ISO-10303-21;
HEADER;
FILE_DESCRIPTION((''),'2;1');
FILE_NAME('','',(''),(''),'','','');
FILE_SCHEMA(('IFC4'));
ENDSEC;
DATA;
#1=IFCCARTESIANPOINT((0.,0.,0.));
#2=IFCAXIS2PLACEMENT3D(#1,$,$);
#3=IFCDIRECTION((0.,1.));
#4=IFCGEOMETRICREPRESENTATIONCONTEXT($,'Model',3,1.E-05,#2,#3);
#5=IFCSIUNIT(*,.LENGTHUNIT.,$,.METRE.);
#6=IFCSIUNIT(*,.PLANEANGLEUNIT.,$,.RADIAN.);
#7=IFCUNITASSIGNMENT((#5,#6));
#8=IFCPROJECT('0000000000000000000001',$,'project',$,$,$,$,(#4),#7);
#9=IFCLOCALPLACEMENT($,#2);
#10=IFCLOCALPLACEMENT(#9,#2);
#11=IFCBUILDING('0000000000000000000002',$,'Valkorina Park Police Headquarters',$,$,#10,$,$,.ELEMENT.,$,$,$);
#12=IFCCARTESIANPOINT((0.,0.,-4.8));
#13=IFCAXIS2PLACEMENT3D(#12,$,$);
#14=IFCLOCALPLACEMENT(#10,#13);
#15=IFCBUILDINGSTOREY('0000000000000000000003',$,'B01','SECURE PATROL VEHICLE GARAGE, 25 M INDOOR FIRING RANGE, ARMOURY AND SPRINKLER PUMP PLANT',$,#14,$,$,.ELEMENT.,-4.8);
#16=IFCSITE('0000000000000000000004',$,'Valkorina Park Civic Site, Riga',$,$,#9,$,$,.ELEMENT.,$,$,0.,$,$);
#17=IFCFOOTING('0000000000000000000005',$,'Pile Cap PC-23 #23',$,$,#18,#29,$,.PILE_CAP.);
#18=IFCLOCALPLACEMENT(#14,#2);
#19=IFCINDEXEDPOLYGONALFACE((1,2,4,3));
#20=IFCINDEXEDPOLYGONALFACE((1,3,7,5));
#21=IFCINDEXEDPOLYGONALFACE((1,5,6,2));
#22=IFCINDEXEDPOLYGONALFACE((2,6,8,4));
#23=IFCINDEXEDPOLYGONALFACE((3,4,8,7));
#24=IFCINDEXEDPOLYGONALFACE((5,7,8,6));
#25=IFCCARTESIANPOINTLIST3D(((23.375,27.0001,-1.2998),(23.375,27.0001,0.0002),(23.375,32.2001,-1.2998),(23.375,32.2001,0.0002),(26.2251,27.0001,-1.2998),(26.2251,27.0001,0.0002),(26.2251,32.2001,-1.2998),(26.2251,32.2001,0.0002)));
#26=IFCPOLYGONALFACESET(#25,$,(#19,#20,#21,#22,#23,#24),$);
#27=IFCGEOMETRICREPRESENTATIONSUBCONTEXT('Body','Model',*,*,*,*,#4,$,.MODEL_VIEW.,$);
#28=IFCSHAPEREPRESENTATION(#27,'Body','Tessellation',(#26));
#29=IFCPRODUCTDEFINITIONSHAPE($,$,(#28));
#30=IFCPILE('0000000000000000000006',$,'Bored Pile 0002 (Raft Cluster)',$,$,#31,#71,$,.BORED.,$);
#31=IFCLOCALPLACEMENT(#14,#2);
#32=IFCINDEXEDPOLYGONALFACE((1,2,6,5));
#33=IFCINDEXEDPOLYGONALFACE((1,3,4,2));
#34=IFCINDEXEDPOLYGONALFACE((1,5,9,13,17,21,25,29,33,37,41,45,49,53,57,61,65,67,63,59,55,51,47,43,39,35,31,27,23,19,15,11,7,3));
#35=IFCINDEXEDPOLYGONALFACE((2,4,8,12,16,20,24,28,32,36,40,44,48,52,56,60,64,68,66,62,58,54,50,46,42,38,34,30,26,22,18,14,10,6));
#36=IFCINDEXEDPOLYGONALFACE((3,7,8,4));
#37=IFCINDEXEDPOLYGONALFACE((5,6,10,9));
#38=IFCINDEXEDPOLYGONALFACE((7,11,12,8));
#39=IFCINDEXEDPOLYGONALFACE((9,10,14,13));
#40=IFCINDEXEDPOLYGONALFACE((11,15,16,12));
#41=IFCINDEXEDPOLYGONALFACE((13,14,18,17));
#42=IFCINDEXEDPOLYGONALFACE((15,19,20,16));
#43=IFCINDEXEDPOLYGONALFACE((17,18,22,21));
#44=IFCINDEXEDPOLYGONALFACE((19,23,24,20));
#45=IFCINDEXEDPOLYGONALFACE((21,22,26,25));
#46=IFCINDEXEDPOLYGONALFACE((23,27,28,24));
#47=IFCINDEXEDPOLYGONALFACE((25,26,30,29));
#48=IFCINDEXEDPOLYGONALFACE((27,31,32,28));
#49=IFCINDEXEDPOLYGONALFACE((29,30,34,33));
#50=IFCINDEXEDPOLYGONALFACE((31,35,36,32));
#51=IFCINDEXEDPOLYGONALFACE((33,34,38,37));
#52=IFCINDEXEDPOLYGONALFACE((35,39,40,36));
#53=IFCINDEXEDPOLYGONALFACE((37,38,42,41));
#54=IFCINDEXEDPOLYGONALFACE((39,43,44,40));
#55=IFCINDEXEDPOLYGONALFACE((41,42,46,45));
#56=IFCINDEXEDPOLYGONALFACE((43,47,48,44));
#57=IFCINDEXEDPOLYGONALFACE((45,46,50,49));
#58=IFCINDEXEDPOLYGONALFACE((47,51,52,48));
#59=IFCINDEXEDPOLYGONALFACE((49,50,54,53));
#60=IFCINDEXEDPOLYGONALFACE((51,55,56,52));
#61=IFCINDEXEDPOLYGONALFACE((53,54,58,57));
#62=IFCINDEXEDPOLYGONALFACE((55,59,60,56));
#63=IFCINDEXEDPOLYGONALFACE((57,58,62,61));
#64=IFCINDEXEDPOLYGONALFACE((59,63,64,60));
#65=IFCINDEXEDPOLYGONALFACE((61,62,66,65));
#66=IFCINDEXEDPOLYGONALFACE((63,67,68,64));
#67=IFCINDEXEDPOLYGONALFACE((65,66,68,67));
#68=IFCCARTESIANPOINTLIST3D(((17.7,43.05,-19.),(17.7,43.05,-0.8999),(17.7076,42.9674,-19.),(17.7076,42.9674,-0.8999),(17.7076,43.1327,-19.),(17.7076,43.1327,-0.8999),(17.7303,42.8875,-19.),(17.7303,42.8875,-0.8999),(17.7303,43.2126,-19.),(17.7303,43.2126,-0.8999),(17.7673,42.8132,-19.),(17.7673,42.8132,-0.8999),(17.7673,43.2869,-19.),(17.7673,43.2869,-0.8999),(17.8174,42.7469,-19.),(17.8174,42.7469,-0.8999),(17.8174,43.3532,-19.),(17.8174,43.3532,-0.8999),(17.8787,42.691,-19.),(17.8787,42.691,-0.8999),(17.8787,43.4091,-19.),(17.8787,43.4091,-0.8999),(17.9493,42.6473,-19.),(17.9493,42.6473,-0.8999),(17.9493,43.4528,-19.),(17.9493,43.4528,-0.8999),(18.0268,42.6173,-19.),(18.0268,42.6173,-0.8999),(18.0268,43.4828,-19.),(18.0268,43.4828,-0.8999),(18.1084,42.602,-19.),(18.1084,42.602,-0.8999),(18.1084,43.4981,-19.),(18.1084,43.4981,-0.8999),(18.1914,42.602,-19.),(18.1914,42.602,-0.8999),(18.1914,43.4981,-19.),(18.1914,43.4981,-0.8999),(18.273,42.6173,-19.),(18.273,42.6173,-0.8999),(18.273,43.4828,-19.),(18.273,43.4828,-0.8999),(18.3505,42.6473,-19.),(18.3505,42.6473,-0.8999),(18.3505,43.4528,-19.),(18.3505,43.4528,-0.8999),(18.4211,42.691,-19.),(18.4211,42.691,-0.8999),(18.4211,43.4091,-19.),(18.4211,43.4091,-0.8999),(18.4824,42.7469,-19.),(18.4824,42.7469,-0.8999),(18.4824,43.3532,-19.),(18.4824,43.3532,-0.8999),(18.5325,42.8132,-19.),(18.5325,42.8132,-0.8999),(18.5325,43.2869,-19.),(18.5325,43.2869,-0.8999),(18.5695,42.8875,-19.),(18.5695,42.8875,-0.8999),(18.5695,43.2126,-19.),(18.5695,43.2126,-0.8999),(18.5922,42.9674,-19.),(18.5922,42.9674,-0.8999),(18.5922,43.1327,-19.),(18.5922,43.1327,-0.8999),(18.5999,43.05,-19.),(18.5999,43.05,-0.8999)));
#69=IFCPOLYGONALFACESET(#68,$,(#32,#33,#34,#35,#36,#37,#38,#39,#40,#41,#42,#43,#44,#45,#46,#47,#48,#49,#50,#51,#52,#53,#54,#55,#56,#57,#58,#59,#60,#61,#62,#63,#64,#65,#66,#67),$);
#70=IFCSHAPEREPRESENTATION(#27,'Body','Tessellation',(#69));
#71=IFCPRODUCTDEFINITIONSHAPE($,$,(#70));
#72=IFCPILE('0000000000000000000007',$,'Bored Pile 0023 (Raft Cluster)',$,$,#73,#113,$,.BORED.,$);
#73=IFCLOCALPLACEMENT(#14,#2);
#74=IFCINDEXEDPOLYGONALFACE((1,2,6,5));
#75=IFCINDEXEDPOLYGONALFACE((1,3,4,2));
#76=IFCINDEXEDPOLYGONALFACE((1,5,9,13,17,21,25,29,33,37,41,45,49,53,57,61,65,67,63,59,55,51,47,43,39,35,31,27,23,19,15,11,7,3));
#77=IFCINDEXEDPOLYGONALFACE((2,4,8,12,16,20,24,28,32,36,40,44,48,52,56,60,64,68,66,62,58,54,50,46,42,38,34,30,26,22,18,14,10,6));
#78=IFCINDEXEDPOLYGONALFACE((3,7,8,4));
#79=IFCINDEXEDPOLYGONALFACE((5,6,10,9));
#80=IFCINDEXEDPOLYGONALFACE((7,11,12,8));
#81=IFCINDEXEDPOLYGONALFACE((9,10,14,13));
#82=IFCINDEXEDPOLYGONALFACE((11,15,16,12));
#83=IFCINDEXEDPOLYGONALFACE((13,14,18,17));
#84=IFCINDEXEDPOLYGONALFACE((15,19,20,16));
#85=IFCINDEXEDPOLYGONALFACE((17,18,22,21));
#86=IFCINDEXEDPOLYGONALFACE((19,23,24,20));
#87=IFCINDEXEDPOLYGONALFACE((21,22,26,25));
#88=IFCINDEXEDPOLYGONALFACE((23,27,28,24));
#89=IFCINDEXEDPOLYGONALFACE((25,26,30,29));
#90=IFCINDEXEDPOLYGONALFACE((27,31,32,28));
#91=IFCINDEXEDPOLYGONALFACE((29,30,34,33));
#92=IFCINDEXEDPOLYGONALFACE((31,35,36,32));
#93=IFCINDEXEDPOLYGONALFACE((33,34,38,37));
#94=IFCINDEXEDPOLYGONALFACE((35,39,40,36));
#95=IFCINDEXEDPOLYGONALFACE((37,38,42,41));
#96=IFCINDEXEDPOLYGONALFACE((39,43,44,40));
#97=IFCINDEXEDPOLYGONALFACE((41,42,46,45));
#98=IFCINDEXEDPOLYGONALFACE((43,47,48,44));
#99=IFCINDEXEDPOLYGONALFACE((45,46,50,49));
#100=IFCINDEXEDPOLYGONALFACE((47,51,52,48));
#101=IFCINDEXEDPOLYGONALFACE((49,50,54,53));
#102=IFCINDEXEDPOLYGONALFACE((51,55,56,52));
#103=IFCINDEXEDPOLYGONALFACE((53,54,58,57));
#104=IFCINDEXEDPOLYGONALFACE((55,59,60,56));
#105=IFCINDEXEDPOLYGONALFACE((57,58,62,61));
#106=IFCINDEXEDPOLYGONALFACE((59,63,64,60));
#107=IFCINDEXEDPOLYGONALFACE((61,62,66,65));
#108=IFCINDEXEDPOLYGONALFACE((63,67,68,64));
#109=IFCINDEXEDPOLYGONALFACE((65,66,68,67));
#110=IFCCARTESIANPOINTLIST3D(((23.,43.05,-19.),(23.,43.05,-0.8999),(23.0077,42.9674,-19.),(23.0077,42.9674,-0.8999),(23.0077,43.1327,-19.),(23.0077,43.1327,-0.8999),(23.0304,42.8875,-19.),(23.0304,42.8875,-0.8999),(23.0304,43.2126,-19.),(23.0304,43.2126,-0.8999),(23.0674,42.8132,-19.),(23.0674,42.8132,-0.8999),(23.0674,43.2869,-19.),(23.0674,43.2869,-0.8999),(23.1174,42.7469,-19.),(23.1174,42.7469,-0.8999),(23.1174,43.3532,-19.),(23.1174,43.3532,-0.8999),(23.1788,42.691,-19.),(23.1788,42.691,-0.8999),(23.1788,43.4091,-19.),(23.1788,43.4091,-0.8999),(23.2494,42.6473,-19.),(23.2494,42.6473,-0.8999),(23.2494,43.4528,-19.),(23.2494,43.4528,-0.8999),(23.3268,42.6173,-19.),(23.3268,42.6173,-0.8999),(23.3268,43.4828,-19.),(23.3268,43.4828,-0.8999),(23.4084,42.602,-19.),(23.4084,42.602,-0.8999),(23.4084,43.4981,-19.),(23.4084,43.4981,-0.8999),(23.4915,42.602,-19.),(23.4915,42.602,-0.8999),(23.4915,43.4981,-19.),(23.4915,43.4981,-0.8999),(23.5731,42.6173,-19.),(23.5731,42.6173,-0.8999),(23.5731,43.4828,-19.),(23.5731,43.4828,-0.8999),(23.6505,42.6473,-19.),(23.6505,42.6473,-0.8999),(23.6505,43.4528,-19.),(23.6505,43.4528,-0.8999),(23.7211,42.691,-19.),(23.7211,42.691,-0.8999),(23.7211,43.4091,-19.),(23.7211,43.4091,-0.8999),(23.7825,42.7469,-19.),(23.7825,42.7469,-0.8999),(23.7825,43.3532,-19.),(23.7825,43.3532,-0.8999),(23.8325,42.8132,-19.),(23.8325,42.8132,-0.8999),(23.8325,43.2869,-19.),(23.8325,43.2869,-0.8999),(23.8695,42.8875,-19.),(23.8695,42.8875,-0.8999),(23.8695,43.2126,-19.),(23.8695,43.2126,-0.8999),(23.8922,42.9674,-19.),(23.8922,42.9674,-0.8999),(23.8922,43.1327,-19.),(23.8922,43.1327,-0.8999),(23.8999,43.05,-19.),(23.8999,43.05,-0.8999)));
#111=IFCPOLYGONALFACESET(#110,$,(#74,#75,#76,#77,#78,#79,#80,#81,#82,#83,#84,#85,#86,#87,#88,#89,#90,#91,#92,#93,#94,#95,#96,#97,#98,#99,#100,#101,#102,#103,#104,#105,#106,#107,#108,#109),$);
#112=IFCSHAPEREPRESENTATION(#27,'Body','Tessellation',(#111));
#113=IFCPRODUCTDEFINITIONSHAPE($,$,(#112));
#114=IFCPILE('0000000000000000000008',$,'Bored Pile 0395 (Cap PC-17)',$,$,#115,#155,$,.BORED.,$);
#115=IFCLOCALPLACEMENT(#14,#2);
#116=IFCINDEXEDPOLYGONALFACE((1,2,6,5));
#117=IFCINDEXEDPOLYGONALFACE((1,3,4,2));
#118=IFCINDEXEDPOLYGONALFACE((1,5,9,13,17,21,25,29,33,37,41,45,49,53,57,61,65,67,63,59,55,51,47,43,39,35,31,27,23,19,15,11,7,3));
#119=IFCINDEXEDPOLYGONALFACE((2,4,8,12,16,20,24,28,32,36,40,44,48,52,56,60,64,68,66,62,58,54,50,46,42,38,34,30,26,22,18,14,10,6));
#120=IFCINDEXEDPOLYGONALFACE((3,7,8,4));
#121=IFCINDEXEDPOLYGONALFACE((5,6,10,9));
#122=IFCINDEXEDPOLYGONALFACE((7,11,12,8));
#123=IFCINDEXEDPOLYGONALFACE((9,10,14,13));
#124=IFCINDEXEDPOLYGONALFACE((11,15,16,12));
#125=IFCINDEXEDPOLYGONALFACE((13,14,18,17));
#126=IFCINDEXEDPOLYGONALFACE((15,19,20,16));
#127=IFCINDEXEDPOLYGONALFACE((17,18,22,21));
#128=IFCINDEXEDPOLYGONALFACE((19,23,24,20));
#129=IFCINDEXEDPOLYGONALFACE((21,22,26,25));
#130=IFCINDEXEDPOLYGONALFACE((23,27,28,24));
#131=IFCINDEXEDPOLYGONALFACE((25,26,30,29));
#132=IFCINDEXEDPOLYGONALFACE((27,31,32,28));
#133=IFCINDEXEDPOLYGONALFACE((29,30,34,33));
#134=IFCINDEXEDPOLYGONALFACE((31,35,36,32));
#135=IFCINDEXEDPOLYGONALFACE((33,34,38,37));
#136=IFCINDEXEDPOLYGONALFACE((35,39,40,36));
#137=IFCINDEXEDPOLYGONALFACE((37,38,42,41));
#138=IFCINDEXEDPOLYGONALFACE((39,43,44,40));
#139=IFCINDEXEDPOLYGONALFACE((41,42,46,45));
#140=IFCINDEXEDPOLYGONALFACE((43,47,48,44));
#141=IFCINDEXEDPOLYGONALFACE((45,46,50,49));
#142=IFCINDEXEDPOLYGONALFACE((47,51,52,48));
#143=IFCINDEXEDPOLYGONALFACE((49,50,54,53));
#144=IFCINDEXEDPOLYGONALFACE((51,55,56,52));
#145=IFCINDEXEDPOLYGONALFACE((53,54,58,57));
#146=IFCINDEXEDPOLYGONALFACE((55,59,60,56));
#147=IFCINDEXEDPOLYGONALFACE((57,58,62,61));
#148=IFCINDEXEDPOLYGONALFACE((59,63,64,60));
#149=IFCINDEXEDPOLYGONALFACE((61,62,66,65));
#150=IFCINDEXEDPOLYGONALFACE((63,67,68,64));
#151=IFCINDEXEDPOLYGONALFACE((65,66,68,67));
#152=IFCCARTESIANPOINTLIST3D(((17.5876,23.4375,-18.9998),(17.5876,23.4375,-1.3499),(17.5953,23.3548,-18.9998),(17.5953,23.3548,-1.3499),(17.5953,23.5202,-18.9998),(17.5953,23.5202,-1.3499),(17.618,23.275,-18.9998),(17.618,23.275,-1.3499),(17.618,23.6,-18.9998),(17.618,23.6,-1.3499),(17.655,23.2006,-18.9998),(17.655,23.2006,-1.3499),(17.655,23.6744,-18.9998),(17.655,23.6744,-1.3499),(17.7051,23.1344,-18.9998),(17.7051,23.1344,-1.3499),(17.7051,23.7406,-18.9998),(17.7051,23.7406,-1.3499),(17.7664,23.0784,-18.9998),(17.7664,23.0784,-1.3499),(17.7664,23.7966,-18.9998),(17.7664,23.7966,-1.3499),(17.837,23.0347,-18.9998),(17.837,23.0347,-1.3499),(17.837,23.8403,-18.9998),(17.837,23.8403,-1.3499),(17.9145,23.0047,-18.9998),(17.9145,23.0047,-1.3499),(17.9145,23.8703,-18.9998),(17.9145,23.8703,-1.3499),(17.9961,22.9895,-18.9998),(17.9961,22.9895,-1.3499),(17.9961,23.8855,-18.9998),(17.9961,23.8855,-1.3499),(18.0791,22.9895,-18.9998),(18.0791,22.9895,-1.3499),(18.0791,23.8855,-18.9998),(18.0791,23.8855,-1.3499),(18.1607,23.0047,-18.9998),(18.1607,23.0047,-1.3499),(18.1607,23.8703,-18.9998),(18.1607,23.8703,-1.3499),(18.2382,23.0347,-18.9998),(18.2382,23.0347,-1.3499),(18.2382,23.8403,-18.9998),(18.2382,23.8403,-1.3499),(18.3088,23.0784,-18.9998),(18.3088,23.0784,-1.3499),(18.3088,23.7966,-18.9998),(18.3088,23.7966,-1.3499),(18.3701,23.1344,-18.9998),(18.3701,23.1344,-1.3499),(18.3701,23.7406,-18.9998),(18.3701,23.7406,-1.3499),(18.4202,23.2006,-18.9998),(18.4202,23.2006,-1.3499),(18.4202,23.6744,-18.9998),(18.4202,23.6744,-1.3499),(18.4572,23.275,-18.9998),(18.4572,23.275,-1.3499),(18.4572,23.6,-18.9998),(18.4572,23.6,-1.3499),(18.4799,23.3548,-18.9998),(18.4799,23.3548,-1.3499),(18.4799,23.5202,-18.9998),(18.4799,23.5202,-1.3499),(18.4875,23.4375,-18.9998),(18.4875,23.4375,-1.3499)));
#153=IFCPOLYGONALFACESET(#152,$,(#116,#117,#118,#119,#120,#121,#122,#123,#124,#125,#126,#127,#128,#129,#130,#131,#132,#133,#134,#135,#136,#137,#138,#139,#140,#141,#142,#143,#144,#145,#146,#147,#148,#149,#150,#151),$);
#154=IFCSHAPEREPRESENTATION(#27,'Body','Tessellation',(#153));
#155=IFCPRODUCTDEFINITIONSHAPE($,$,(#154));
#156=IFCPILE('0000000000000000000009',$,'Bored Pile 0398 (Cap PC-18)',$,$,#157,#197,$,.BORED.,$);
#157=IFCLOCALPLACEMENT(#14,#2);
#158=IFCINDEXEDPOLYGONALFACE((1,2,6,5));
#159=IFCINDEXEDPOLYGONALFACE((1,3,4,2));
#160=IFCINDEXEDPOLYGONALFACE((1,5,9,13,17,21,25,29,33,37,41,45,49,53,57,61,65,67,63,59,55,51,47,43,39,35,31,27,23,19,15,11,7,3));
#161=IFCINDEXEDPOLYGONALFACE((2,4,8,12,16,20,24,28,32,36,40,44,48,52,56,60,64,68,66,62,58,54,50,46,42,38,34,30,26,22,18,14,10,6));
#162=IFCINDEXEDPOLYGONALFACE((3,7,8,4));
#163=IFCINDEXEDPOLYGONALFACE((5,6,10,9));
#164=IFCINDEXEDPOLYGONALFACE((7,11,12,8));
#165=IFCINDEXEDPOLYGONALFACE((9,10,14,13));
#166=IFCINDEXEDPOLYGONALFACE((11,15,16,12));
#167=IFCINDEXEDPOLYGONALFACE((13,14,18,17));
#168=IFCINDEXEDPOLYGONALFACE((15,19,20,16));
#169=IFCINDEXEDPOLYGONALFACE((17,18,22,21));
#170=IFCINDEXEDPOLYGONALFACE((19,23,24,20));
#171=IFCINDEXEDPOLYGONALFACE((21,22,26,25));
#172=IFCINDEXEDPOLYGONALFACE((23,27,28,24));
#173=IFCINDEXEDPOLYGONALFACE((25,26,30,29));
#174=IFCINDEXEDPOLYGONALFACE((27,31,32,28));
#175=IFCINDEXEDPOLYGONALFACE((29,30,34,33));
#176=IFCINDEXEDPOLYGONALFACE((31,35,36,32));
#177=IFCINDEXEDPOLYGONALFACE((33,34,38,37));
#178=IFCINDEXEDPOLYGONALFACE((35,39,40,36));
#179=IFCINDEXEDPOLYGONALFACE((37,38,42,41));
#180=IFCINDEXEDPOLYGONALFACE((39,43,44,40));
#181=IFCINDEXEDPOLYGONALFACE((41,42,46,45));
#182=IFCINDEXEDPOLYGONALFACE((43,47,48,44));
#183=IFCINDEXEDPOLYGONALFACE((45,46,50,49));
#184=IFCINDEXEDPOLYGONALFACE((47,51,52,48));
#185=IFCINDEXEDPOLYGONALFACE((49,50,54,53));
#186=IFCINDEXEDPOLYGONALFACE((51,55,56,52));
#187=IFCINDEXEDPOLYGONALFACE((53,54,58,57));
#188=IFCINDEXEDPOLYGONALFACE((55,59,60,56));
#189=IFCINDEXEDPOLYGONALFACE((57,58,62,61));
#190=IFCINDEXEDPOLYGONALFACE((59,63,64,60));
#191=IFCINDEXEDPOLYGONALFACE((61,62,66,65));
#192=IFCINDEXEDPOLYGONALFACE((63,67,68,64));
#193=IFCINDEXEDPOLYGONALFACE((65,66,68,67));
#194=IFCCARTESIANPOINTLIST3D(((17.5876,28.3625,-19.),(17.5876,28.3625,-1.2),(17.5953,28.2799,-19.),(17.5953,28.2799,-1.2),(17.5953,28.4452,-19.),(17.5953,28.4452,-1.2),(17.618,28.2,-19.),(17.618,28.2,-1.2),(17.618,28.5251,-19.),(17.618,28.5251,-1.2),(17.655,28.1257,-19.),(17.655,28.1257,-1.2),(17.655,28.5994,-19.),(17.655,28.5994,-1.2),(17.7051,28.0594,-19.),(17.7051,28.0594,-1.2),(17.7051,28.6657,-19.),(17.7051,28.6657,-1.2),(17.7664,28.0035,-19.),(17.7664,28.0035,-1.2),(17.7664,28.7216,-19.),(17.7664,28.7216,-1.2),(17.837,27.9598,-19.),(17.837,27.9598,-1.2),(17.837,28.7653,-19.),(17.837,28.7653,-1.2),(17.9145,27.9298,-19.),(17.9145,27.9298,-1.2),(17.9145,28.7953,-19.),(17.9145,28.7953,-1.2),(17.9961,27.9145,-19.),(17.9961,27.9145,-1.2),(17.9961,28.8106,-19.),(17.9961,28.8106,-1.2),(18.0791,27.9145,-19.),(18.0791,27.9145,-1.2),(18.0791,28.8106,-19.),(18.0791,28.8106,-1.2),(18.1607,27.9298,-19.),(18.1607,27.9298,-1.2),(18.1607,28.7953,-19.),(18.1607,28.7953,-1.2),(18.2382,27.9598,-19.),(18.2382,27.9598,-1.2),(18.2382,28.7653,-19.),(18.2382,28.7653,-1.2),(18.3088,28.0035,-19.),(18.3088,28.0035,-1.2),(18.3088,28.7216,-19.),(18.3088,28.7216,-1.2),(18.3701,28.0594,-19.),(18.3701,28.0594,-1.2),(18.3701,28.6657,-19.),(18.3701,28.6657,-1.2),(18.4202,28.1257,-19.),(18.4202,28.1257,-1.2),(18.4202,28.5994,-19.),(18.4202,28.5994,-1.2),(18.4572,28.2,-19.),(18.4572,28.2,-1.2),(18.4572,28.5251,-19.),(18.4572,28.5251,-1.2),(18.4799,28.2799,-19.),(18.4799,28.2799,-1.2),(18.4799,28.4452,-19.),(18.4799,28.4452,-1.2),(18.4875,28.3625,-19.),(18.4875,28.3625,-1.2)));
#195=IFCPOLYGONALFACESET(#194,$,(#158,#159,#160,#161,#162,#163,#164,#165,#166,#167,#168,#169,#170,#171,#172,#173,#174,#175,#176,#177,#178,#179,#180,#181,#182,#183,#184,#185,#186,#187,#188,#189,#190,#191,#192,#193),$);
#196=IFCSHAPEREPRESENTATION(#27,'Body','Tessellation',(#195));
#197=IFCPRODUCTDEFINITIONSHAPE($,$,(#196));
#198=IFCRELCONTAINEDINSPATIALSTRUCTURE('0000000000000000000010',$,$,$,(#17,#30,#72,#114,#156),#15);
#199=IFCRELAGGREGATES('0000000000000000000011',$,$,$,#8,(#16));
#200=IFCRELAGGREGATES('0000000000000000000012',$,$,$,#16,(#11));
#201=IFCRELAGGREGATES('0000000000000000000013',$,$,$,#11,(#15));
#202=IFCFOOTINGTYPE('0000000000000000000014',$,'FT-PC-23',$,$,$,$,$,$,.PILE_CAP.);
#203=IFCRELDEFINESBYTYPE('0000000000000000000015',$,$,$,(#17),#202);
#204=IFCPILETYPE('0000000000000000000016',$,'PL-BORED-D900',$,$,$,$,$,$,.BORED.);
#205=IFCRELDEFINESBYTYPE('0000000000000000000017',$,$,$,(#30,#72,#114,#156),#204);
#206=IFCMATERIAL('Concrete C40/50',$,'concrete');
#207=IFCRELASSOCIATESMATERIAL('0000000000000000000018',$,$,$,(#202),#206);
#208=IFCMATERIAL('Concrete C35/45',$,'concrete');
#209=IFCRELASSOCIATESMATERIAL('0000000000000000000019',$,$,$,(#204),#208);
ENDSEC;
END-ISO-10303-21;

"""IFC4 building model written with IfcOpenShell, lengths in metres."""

from ifc_helpers import new_model, si_unit, direction, frame, origin, origin_2d, place, context, subcontext, project, spatial, rectangle, circle, extrude, material, material_profile, profile_set, type_object, element, save


model = new_model("IFC4")

# Units and contexts
model_context = context("Model", 3, precision=1e-05, world=origin(), true_north=direction((0.0, 1.0)))
body_context = subcontext(model_context, "Body", "Model", "MODEL_VIEW")
ifc_project = project(units=[si_unit("LENGTHUNIT", "METRE"), si_unit("PLANEANGLEUNIT", "RADIAN")], contexts=[model_context])

# Site, building, storey
site_placement = place(None, origin())
site = spatial("IfcSite", under=ifc_project, at=site_placement, Name="Valkorina Park Civic Site, Riga", CompositionType="ELEMENT", RefElevation=0.0)
building_placement = place(site_placement, origin())
building = spatial("IfcBuilding", under=site, at=building_placement, Name="Valkorina Park Police Headquarters", CompositionType="ELEMENT")
storey_placement = place(building_placement, frame((0.0, 0.0, -4.8)))
storey = spatial("IfcBuildingStorey", under=building, at=storey_placement, Name="B01", Description="SECURE PATROL VEHICLE GARAGE, 25 M INDOOR FIRING RANGE, ARMOURY AND SPRINKLER PUMP PLANT", CompositionType="ELEMENT", Elevation=-4.8)

# Footing
ifc_material_1 = material(Name="Concrete C40/50", Category="concrete")
footing_type = type_object("IfcFootingType", Name="FT-PC-23", PredefinedType="PILE_CAP", material=ifc_material_1)
footing_placement = place(storey_placement, frame((24.8, 29.6001, -1.2998), z_axis=(0.0, 0.0, 1.0), x_axis=(1.0, 0.0, 0.0)))
element("IfcFooting", 1, at=footing_placement, inside=storey, type_object=footing_type, Name="Pile Cap PC-23 #23", PredefinedType="PILE_CAP", context=body_context, shape_type="SweptSolid", body=[
    extrude(rectangle(XDim=2.8501, YDim=5.2, at=origin_2d()), origin(), (0.0, 0.0, 1.0), 1.3),
])

# Piles
ifc_material_2 = material(Name="Concrete C35/45", Category="concrete")
ifc_material_profile_1 = material_profile(ifc_material_2, circle(Radius=0.45, at=origin_2d()), Name="BORED PILE D900")
ifc_profile_set_1 = profile_set([ifc_material_profile_1], Name="Concrete C35/45")
pile_type = type_object("IfcPileType", Name="PL-BORED-D900", PredefinedType="BORED", material=ifc_profile_set_1)
for number, where, z_axis, x_axis, name in (
    (2, (18.1499, 43.05, -0.8999), (0.0, 0.0, -1.0), (1.0, 0.0, 0.0), "Bored Pile 0002 (Raft Cluster)"),
    (3, (23.45, 43.05, -0.8999), (0.0, 0.0, -1.0), (1.0, 0.0, 0.0), "Bored Pile 0023 (Raft Cluster)"),
):
    element("IfcPile", number, at=place(storey_placement, frame(where, z_axis=z_axis, x_axis=x_axis)), inside=storey, type_object=pile_type, Name=name, PredefinedType="BORED", context=body_context, shape_type="SweptSolid", body=[
        extrude(circle(Radius=0.45, at=origin_2d()), origin(), (0.0, 0.0, 1.0), 18.1001),
    ])
pile_placement = place(storey_placement, frame((18.0376, 23.4375, -1.3499), z_axis=(0.0, 0.0, -1.0), x_axis=(1.0, 0.0, 0.0)))
element("IfcPile", 4, at=pile_placement, inside=storey, type_object=pile_type, Name="Bored Pile 0395 (Cap PC-17)", PredefinedType="BORED", context=body_context, shape_type="SweptSolid", body=[
    extrude(circle(Radius=0.45, at=origin_2d()), origin(), (0.0, 0.0, 1.0), 17.6499),
])
for number, where, z_axis, x_axis, name in (
    (5, (18.0376, 28.3625, -1.2), (0.0, 0.0, -1.0), (1.0, 0.0, 0.0), "Bored Pile 0398 (Cap PC-18)"),
):
    element("IfcPile", number, at=place(storey_placement, frame(where, z_axis=z_axis, x_axis=x_axis)), inside=storey, type_object=pile_type, Name=name, PredefinedType="BORED", context=body_context, shape_type="SweptSolid", body=[
        extrude(circle(Radius=0.45, at=origin_2d()), origin(), (0.0, 0.0, 1.0), 17.8),
    ])

save(model, "model.ifc")
